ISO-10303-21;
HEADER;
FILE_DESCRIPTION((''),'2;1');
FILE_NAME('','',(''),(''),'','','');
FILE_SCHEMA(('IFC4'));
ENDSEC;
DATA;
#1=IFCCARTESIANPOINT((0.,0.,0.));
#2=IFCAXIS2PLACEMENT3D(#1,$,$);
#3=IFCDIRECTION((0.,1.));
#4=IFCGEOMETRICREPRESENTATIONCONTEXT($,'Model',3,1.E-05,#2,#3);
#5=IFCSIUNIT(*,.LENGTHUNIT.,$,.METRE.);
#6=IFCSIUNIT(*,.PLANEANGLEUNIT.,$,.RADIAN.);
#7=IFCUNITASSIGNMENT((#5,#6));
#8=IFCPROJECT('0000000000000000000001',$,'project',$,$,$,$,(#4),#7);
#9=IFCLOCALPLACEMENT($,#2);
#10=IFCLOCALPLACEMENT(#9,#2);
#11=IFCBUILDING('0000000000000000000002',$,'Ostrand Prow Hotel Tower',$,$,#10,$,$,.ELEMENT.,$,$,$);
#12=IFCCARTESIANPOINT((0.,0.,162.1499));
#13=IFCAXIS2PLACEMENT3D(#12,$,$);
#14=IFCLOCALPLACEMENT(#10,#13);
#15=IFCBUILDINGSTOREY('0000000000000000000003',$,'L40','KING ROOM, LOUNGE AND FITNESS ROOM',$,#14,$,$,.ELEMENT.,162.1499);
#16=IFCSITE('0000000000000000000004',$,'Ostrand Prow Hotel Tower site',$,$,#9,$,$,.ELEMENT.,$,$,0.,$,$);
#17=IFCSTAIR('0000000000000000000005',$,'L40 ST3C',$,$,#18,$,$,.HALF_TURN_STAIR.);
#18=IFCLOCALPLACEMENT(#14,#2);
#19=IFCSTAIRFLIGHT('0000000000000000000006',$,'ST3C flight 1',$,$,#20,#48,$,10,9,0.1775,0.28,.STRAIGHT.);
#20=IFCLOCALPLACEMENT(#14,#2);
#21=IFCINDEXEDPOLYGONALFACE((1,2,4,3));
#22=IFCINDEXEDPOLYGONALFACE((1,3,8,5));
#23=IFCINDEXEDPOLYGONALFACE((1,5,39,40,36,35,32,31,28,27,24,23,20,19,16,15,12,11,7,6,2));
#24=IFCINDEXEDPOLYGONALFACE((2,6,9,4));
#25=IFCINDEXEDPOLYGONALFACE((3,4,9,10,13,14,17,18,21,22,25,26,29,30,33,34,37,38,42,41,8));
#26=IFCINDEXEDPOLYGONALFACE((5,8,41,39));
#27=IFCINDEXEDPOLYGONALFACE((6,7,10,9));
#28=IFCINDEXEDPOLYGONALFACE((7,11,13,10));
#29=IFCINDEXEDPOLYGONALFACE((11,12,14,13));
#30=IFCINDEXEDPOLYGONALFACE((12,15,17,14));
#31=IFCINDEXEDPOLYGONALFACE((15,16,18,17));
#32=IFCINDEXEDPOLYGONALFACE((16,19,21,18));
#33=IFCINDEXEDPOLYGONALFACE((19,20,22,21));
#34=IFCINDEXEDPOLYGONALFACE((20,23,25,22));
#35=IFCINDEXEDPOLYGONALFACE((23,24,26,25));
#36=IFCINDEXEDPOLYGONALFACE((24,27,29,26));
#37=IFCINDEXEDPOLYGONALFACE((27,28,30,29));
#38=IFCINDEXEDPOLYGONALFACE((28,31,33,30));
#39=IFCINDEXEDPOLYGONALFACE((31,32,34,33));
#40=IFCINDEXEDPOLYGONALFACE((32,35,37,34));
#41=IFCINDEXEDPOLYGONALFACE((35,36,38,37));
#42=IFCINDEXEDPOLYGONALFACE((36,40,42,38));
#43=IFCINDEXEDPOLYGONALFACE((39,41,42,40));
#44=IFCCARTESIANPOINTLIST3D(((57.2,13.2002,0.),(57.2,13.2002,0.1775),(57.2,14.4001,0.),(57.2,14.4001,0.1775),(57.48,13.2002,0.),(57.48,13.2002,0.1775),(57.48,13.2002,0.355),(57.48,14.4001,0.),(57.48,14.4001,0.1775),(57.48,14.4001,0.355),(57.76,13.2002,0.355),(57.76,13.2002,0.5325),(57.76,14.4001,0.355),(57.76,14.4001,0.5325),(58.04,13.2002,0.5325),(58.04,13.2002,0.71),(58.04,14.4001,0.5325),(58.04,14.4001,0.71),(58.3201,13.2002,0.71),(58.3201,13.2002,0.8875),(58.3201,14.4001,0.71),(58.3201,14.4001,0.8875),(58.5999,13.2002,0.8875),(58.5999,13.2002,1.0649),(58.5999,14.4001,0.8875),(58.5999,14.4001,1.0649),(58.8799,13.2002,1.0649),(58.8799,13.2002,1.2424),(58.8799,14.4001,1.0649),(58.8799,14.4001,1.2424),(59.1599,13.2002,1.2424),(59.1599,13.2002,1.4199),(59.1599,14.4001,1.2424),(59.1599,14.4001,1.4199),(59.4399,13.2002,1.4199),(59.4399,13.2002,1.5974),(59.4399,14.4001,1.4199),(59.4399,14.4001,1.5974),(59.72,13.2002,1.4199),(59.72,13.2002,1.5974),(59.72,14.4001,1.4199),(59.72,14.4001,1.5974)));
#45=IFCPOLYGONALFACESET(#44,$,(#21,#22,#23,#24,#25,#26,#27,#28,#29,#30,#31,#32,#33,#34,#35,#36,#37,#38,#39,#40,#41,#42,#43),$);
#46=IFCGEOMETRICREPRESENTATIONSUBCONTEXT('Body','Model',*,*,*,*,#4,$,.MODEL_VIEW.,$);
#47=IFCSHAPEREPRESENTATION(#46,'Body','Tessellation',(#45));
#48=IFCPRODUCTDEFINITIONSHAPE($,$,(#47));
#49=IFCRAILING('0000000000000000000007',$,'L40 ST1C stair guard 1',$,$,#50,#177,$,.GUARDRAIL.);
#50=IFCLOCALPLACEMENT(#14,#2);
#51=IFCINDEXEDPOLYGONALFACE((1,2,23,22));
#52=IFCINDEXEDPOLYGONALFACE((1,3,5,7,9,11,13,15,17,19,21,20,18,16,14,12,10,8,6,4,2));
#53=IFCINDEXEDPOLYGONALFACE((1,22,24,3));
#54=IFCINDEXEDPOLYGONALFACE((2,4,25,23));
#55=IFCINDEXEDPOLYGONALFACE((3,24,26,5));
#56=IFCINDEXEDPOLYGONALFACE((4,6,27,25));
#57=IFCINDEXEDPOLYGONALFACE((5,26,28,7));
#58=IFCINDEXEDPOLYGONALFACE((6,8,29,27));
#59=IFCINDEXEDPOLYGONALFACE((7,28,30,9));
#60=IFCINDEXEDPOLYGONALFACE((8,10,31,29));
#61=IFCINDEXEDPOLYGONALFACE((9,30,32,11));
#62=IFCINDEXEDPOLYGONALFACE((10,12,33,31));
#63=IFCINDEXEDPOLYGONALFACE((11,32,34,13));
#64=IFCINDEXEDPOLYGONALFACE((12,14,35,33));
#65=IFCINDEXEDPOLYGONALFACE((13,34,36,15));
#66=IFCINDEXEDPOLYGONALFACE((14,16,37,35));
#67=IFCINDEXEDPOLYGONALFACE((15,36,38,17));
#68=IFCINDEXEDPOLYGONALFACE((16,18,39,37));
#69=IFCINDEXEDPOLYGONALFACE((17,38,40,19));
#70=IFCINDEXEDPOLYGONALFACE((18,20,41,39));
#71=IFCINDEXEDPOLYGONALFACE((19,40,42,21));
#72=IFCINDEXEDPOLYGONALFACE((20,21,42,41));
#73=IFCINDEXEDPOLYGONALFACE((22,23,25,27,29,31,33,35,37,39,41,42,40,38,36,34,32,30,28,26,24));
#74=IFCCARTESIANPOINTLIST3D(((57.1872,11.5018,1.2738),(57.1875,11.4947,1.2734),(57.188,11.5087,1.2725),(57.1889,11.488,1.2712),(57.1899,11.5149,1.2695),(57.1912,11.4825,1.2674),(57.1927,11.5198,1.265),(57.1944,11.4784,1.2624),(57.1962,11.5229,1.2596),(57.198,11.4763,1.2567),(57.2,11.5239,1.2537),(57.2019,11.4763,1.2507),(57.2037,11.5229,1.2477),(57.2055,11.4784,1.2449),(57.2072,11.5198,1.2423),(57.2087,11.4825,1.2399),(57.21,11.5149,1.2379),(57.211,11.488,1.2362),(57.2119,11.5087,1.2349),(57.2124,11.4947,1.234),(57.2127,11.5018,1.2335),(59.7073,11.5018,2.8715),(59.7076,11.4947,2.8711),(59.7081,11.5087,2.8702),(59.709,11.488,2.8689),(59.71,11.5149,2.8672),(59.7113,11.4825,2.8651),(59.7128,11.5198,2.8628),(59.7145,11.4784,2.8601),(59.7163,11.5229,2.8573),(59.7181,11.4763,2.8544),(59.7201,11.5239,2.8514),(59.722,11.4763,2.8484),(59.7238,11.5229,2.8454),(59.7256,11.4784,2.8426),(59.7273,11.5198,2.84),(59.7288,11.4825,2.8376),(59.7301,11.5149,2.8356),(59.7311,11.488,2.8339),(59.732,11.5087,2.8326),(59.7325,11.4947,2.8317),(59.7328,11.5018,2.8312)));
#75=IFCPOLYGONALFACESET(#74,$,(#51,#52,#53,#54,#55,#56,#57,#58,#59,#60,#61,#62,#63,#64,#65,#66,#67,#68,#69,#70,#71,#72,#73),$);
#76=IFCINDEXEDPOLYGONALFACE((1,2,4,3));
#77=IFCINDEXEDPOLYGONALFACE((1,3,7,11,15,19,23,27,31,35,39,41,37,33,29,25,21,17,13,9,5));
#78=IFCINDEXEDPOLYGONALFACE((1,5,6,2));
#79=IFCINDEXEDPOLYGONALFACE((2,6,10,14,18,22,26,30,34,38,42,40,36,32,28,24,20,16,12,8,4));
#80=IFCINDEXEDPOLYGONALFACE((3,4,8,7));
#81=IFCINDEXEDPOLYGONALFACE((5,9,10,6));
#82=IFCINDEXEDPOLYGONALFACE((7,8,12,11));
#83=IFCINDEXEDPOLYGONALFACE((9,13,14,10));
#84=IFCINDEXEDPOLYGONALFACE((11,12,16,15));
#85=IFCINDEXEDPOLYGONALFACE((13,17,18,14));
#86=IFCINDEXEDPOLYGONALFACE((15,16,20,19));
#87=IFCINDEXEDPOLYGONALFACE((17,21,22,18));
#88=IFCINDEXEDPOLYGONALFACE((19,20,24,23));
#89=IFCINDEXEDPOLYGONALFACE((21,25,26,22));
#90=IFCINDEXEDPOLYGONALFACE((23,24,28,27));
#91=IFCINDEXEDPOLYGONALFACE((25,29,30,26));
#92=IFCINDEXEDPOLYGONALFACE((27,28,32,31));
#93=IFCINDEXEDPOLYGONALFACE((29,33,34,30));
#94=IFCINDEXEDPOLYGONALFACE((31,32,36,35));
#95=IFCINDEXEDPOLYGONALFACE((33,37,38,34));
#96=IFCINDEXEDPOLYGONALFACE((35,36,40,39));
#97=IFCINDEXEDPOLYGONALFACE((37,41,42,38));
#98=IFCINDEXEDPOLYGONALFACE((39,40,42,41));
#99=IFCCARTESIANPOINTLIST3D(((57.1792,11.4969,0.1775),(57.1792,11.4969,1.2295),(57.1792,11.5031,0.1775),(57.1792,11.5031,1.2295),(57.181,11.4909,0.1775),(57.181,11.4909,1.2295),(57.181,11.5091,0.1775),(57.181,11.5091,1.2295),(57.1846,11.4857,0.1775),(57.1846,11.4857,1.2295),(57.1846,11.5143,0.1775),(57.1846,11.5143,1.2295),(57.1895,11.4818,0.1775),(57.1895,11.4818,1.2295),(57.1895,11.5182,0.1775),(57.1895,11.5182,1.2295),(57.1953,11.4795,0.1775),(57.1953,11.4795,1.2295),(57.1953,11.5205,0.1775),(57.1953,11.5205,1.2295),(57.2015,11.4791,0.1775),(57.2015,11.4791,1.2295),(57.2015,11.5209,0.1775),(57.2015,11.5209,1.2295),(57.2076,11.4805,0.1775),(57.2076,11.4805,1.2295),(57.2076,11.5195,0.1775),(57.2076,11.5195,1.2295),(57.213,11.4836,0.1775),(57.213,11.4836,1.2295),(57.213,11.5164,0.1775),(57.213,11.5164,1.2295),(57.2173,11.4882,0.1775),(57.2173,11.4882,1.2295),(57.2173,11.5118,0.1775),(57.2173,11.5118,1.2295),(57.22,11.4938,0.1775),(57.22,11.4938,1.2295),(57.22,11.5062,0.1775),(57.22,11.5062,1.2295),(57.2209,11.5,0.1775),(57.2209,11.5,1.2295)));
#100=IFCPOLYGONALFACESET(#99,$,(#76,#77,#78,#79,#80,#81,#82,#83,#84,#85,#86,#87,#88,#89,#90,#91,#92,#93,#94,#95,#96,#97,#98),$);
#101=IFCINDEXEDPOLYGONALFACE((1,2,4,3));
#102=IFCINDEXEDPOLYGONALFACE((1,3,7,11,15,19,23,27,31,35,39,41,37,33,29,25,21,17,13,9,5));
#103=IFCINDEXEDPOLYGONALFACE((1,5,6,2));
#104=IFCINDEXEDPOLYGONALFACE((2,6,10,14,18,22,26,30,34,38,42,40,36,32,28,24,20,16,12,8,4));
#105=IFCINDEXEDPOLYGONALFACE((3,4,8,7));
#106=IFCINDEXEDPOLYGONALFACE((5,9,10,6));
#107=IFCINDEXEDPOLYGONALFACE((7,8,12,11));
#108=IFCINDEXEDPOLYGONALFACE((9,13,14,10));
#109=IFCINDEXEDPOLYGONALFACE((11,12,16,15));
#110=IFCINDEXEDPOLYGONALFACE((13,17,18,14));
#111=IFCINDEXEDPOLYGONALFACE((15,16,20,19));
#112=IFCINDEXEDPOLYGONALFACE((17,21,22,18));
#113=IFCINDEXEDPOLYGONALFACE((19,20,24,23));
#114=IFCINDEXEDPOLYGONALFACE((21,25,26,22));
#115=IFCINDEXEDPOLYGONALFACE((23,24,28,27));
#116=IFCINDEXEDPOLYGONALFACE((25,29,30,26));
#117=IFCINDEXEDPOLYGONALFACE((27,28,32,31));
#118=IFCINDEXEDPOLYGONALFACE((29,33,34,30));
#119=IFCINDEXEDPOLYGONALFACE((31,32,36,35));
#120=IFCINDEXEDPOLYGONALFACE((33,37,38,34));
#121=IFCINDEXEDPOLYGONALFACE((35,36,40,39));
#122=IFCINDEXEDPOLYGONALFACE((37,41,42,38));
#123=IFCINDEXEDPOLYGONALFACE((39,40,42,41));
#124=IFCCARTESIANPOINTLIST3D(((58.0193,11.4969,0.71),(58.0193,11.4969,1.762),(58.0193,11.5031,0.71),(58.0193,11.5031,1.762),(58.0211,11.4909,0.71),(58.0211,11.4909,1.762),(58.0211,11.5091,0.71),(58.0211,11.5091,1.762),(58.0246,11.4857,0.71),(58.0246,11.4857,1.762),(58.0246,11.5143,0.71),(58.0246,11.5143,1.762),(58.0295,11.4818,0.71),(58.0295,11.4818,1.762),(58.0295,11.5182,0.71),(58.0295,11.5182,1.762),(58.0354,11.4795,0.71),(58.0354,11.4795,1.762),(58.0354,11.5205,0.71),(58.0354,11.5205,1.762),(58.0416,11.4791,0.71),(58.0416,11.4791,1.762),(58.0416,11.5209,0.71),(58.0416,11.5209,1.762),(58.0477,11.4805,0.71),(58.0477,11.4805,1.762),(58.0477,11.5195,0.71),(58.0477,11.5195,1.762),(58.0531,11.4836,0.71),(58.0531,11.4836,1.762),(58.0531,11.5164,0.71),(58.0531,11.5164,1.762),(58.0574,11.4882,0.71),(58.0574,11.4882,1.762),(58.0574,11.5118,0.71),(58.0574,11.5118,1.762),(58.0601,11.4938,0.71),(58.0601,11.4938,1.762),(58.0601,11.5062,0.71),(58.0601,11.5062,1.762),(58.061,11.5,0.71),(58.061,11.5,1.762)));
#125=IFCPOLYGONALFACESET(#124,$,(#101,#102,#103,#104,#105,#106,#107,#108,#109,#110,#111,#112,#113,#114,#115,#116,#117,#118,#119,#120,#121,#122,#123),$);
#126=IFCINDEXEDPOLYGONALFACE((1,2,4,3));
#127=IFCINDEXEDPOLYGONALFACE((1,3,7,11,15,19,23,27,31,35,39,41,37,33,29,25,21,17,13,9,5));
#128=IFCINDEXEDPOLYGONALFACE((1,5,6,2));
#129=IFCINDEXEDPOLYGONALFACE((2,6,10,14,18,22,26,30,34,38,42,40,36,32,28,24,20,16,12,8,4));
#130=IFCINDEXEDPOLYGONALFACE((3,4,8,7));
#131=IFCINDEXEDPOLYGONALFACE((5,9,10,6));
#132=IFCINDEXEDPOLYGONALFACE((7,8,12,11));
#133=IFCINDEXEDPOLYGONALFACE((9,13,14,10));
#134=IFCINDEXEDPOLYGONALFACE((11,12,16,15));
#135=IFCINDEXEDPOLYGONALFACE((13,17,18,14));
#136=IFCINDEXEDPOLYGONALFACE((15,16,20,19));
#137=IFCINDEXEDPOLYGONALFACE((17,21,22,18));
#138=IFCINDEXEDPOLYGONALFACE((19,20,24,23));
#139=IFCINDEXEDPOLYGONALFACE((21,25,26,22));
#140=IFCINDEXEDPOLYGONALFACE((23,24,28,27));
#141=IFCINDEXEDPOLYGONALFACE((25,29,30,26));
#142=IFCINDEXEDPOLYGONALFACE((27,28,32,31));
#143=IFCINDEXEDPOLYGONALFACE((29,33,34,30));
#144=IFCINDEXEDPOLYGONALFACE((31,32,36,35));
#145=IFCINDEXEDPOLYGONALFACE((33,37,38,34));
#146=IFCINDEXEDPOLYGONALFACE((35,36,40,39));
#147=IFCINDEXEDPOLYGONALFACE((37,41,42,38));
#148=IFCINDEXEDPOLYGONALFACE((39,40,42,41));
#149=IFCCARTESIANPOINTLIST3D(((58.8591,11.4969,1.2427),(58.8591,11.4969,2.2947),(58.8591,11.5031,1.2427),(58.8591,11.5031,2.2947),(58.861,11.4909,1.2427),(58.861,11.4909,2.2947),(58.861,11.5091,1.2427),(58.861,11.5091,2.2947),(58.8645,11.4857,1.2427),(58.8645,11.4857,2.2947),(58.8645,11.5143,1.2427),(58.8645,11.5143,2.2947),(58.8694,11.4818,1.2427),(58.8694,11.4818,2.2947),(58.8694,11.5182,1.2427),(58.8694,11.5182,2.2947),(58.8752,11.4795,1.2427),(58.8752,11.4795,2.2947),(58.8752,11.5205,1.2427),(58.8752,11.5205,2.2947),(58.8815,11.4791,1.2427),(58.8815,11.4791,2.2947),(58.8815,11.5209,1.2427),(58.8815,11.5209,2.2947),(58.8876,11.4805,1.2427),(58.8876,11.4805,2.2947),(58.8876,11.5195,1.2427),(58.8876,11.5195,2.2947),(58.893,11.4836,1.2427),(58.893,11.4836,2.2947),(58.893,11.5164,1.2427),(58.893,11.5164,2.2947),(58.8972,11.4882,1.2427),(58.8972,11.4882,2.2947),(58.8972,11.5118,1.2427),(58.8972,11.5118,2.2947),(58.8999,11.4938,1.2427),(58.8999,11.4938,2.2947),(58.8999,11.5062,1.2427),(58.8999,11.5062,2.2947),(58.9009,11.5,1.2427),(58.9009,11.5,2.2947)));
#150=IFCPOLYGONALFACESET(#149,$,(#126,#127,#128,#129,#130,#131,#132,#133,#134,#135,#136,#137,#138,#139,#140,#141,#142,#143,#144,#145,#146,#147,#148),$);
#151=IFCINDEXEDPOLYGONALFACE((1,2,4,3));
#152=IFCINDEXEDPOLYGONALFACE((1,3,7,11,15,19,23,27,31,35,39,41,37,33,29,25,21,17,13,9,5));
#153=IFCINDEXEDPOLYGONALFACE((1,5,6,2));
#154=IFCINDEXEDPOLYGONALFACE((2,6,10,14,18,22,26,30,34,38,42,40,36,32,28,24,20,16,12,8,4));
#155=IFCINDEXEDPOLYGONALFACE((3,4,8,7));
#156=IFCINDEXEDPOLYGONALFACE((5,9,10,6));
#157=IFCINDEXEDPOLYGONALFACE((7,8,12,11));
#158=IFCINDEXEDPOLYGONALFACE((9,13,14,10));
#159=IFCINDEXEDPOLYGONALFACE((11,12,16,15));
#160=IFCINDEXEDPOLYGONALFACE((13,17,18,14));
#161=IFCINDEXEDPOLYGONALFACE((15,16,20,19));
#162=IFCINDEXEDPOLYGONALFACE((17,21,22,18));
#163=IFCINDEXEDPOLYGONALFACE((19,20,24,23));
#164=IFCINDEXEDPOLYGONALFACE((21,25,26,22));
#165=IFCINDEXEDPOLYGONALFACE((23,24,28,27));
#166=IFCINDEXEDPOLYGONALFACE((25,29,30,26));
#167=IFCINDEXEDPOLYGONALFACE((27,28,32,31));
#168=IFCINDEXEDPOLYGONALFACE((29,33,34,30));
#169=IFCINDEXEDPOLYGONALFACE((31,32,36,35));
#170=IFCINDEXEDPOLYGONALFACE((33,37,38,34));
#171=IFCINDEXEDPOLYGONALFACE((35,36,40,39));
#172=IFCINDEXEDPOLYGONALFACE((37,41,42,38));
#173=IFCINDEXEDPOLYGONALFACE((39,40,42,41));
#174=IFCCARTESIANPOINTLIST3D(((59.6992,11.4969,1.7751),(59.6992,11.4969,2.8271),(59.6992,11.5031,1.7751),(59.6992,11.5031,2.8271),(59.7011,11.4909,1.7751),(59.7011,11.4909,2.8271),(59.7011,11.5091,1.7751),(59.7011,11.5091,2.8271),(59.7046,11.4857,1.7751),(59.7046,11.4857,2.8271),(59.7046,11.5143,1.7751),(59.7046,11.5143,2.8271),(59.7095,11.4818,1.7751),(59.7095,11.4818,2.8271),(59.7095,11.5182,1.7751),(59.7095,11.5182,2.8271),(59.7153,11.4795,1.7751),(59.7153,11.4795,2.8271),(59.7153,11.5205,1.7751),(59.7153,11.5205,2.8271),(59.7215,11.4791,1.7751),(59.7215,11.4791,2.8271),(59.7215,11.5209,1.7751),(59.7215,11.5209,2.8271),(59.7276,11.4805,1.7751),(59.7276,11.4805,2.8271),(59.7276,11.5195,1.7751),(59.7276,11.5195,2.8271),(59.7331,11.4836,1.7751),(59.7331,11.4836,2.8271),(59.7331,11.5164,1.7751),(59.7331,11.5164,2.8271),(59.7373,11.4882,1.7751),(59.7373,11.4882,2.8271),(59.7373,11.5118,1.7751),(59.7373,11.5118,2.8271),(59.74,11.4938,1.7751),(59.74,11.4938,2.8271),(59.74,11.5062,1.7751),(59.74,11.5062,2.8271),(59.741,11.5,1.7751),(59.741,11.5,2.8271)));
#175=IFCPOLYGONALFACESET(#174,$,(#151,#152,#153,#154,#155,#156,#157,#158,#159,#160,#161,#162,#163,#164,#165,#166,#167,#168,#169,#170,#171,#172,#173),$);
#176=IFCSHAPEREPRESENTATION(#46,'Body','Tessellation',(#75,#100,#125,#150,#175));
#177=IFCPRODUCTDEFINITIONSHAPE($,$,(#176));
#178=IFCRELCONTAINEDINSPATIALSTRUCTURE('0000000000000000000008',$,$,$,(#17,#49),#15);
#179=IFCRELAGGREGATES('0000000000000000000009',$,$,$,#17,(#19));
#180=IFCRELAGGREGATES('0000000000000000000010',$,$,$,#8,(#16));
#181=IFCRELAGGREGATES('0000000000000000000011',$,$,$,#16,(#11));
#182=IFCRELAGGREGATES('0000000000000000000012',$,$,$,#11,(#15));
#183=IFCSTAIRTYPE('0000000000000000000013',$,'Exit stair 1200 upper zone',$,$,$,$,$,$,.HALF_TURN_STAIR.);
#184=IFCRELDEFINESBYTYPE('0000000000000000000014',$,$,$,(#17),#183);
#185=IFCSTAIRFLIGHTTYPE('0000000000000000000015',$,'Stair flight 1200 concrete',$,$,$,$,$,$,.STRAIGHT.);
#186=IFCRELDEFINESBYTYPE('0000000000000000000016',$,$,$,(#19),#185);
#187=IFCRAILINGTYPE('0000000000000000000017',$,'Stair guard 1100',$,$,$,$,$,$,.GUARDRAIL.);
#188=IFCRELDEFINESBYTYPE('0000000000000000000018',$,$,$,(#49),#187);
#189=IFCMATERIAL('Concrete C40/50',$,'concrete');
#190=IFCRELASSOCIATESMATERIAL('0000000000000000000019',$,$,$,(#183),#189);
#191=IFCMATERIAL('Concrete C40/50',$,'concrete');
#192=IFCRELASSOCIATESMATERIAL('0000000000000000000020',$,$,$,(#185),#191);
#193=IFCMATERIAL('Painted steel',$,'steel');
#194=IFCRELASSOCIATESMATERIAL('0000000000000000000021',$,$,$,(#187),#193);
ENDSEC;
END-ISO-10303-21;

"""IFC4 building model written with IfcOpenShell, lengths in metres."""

from ifc_helpers import new_model, si_unit, direction, frame, origin, origin_2d, place, context, subcontext, project, spatial, polyline, circle, outline, extrude, material, type_object, element, aggregate, save


model = new_model("IFC4")

# Units and contexts
model_context = context("Model", 3, precision=1e-05, world=origin(), true_north=direction((0.0, 1.0)))
body_context = subcontext(model_context, "Body", "Model", "MODEL_VIEW")
ifc_project = project(units=[si_unit("LENGTHUNIT", "METRE"), si_unit("PLANEANGLEUNIT", "RADIAN")], contexts=[model_context])

# Site, building, storey
site_placement = place(None, origin())
site = spatial("IfcSite", under=ifc_project, at=site_placement, Name="Ostrand Prow Hotel Tower site", CompositionType="ELEMENT", RefElevation=0.0)
building_placement = place(site_placement, origin())
building = spatial("IfcBuilding", under=site, at=building_placement, Name="Ostrand Prow Hotel Tower", CompositionType="ELEMENT")
storey_placement = place(building_placement, frame((0.0, 0.0, 162.1499)))
storey = spatial("IfcBuildingStorey", under=building, at=storey_placement, Name="L40", Description="KING ROOM, LOUNGE AND FITNESS ROOM", CompositionType="ELEMENT", Elevation=162.1499)

# Shared definitions
ifc_material_1 = material(Name="Concrete C40/50", Category="concrete")
stair_type = type_object("IfcStairType", Name="Exit stair 1200 upper zone", PredefinedType="HALF_TURN_STAIR", material=ifc_material_1)
ifc_material_2 = material(Name="Concrete C40/50", Category="concrete")
stair_flight_type = type_object("IfcStairFlightType", Name="Stair flight 1200 concrete", PredefinedType="STRAIGHT", material=ifc_material_2)

# Stair, stair flight
stair_1_placement = place(storey_placement, origin())
stair_1 = element("IfcStair", 1, at=stair_1_placement, inside=storey, type_object=stair_type, Name="L40 ST3C", PredefinedType="HALF_TURN_STAIR")
stair_flight_1_placement = place(storey_placement, frame((57.2, 13.8, 0.0), z_axis=(0.0, 0.0, 1.0), x_axis=(1.0, 0.0, 0.0)))
stair_flight_1 = element("IfcStairFlight", 2, at=stair_flight_1_placement, type_object=stair_flight_type, Name="ST3C flight 1", NumberOfRisers=10, NumberOfTreads=9, PredefinedType="STRAIGHT", RiserHeight=0.1775, TreadLength=0.28, context=body_context, shape_type="SweptSolid", body=[
    extrude(outline(polyline([(0.0, 0.0), (0.0, 0.1775), (0.28, 0.1775), (0.28, 0.355), (0.5601, 0.355), (0.5601, 0.5325), (0.8401, 0.5325), (0.8401, 0.71), (1.1201, 0.71), (1.1201, 0.8875), (1.3999, 0.8875), (1.3999, 1.0649), (1.6799, 1.0649), (1.6799, 1.2424), (1.96, 1.2424), (1.96, 1.4199), (2.24, 1.4199), (2.24, 1.5974), (2.52, 1.5974), (2.52, 1.7749), (2.52, 1.4199), (0.28, 0.0), (0.0, 0.0)])), frame((0.0, 0.6001, 0.0), z_axis=(0.0, -1.0, 0.0), x_axis=(1.0, 0.0, 0.0)), (0.0, 0.0, 1.0), 1.2),
])
aggregate(stair_1, [stair_flight_1])

# Railing
ifc_material_3 = material(Name="Painted steel", Category="steel")
railing_type_1 = type_object("IfcRailingType", Name="Stair guard 1100", PredefinedType="GUARDRAIL", material=ifc_material_3)
railing_1_placement = place(storey_placement, frame((57.2, 11.5, 0.1775)))
element("IfcRailing", 3, at=railing_1_placement, inside=storey, type_object=railing_type_1, Name="L40 ST1C stair guard 1", PredefinedType="GUARDRAIL", context=body_context, shape_type="SweptSolid", body=[
    extrude(circle(Radius=0.0239, at=origin_2d()), frame((0.0, 0.0, 1.0762), z_axis=(0.84457, 0.0, 0.535445), x_axis=(0.0, 1.0, 0.0)), (0.0, 0.0, 1.0), 2.9839),
    extrude(circle(Radius=0.021, at=origin_2d()), origin(), (0.0, 0.0, 1.0), 1.052),
    extrude(circle(Radius=0.021, at=origin_2d()), frame((0.8401, 0.0, 0.5325)), (0.0, 0.0, 1.0), 1.052),
    extrude(circle(Radius=0.021, at=origin_2d()), frame((1.6799, 0.0, 1.0652)), (0.0, 0.0, 1.0), 1.052),
    extrude(circle(Radius=0.021, at=origin_2d()), frame((2.52, 0.0, 1.5977)), (0.0, 0.0, 1.0), 1.052),
])

save(model, "model.ifc")
